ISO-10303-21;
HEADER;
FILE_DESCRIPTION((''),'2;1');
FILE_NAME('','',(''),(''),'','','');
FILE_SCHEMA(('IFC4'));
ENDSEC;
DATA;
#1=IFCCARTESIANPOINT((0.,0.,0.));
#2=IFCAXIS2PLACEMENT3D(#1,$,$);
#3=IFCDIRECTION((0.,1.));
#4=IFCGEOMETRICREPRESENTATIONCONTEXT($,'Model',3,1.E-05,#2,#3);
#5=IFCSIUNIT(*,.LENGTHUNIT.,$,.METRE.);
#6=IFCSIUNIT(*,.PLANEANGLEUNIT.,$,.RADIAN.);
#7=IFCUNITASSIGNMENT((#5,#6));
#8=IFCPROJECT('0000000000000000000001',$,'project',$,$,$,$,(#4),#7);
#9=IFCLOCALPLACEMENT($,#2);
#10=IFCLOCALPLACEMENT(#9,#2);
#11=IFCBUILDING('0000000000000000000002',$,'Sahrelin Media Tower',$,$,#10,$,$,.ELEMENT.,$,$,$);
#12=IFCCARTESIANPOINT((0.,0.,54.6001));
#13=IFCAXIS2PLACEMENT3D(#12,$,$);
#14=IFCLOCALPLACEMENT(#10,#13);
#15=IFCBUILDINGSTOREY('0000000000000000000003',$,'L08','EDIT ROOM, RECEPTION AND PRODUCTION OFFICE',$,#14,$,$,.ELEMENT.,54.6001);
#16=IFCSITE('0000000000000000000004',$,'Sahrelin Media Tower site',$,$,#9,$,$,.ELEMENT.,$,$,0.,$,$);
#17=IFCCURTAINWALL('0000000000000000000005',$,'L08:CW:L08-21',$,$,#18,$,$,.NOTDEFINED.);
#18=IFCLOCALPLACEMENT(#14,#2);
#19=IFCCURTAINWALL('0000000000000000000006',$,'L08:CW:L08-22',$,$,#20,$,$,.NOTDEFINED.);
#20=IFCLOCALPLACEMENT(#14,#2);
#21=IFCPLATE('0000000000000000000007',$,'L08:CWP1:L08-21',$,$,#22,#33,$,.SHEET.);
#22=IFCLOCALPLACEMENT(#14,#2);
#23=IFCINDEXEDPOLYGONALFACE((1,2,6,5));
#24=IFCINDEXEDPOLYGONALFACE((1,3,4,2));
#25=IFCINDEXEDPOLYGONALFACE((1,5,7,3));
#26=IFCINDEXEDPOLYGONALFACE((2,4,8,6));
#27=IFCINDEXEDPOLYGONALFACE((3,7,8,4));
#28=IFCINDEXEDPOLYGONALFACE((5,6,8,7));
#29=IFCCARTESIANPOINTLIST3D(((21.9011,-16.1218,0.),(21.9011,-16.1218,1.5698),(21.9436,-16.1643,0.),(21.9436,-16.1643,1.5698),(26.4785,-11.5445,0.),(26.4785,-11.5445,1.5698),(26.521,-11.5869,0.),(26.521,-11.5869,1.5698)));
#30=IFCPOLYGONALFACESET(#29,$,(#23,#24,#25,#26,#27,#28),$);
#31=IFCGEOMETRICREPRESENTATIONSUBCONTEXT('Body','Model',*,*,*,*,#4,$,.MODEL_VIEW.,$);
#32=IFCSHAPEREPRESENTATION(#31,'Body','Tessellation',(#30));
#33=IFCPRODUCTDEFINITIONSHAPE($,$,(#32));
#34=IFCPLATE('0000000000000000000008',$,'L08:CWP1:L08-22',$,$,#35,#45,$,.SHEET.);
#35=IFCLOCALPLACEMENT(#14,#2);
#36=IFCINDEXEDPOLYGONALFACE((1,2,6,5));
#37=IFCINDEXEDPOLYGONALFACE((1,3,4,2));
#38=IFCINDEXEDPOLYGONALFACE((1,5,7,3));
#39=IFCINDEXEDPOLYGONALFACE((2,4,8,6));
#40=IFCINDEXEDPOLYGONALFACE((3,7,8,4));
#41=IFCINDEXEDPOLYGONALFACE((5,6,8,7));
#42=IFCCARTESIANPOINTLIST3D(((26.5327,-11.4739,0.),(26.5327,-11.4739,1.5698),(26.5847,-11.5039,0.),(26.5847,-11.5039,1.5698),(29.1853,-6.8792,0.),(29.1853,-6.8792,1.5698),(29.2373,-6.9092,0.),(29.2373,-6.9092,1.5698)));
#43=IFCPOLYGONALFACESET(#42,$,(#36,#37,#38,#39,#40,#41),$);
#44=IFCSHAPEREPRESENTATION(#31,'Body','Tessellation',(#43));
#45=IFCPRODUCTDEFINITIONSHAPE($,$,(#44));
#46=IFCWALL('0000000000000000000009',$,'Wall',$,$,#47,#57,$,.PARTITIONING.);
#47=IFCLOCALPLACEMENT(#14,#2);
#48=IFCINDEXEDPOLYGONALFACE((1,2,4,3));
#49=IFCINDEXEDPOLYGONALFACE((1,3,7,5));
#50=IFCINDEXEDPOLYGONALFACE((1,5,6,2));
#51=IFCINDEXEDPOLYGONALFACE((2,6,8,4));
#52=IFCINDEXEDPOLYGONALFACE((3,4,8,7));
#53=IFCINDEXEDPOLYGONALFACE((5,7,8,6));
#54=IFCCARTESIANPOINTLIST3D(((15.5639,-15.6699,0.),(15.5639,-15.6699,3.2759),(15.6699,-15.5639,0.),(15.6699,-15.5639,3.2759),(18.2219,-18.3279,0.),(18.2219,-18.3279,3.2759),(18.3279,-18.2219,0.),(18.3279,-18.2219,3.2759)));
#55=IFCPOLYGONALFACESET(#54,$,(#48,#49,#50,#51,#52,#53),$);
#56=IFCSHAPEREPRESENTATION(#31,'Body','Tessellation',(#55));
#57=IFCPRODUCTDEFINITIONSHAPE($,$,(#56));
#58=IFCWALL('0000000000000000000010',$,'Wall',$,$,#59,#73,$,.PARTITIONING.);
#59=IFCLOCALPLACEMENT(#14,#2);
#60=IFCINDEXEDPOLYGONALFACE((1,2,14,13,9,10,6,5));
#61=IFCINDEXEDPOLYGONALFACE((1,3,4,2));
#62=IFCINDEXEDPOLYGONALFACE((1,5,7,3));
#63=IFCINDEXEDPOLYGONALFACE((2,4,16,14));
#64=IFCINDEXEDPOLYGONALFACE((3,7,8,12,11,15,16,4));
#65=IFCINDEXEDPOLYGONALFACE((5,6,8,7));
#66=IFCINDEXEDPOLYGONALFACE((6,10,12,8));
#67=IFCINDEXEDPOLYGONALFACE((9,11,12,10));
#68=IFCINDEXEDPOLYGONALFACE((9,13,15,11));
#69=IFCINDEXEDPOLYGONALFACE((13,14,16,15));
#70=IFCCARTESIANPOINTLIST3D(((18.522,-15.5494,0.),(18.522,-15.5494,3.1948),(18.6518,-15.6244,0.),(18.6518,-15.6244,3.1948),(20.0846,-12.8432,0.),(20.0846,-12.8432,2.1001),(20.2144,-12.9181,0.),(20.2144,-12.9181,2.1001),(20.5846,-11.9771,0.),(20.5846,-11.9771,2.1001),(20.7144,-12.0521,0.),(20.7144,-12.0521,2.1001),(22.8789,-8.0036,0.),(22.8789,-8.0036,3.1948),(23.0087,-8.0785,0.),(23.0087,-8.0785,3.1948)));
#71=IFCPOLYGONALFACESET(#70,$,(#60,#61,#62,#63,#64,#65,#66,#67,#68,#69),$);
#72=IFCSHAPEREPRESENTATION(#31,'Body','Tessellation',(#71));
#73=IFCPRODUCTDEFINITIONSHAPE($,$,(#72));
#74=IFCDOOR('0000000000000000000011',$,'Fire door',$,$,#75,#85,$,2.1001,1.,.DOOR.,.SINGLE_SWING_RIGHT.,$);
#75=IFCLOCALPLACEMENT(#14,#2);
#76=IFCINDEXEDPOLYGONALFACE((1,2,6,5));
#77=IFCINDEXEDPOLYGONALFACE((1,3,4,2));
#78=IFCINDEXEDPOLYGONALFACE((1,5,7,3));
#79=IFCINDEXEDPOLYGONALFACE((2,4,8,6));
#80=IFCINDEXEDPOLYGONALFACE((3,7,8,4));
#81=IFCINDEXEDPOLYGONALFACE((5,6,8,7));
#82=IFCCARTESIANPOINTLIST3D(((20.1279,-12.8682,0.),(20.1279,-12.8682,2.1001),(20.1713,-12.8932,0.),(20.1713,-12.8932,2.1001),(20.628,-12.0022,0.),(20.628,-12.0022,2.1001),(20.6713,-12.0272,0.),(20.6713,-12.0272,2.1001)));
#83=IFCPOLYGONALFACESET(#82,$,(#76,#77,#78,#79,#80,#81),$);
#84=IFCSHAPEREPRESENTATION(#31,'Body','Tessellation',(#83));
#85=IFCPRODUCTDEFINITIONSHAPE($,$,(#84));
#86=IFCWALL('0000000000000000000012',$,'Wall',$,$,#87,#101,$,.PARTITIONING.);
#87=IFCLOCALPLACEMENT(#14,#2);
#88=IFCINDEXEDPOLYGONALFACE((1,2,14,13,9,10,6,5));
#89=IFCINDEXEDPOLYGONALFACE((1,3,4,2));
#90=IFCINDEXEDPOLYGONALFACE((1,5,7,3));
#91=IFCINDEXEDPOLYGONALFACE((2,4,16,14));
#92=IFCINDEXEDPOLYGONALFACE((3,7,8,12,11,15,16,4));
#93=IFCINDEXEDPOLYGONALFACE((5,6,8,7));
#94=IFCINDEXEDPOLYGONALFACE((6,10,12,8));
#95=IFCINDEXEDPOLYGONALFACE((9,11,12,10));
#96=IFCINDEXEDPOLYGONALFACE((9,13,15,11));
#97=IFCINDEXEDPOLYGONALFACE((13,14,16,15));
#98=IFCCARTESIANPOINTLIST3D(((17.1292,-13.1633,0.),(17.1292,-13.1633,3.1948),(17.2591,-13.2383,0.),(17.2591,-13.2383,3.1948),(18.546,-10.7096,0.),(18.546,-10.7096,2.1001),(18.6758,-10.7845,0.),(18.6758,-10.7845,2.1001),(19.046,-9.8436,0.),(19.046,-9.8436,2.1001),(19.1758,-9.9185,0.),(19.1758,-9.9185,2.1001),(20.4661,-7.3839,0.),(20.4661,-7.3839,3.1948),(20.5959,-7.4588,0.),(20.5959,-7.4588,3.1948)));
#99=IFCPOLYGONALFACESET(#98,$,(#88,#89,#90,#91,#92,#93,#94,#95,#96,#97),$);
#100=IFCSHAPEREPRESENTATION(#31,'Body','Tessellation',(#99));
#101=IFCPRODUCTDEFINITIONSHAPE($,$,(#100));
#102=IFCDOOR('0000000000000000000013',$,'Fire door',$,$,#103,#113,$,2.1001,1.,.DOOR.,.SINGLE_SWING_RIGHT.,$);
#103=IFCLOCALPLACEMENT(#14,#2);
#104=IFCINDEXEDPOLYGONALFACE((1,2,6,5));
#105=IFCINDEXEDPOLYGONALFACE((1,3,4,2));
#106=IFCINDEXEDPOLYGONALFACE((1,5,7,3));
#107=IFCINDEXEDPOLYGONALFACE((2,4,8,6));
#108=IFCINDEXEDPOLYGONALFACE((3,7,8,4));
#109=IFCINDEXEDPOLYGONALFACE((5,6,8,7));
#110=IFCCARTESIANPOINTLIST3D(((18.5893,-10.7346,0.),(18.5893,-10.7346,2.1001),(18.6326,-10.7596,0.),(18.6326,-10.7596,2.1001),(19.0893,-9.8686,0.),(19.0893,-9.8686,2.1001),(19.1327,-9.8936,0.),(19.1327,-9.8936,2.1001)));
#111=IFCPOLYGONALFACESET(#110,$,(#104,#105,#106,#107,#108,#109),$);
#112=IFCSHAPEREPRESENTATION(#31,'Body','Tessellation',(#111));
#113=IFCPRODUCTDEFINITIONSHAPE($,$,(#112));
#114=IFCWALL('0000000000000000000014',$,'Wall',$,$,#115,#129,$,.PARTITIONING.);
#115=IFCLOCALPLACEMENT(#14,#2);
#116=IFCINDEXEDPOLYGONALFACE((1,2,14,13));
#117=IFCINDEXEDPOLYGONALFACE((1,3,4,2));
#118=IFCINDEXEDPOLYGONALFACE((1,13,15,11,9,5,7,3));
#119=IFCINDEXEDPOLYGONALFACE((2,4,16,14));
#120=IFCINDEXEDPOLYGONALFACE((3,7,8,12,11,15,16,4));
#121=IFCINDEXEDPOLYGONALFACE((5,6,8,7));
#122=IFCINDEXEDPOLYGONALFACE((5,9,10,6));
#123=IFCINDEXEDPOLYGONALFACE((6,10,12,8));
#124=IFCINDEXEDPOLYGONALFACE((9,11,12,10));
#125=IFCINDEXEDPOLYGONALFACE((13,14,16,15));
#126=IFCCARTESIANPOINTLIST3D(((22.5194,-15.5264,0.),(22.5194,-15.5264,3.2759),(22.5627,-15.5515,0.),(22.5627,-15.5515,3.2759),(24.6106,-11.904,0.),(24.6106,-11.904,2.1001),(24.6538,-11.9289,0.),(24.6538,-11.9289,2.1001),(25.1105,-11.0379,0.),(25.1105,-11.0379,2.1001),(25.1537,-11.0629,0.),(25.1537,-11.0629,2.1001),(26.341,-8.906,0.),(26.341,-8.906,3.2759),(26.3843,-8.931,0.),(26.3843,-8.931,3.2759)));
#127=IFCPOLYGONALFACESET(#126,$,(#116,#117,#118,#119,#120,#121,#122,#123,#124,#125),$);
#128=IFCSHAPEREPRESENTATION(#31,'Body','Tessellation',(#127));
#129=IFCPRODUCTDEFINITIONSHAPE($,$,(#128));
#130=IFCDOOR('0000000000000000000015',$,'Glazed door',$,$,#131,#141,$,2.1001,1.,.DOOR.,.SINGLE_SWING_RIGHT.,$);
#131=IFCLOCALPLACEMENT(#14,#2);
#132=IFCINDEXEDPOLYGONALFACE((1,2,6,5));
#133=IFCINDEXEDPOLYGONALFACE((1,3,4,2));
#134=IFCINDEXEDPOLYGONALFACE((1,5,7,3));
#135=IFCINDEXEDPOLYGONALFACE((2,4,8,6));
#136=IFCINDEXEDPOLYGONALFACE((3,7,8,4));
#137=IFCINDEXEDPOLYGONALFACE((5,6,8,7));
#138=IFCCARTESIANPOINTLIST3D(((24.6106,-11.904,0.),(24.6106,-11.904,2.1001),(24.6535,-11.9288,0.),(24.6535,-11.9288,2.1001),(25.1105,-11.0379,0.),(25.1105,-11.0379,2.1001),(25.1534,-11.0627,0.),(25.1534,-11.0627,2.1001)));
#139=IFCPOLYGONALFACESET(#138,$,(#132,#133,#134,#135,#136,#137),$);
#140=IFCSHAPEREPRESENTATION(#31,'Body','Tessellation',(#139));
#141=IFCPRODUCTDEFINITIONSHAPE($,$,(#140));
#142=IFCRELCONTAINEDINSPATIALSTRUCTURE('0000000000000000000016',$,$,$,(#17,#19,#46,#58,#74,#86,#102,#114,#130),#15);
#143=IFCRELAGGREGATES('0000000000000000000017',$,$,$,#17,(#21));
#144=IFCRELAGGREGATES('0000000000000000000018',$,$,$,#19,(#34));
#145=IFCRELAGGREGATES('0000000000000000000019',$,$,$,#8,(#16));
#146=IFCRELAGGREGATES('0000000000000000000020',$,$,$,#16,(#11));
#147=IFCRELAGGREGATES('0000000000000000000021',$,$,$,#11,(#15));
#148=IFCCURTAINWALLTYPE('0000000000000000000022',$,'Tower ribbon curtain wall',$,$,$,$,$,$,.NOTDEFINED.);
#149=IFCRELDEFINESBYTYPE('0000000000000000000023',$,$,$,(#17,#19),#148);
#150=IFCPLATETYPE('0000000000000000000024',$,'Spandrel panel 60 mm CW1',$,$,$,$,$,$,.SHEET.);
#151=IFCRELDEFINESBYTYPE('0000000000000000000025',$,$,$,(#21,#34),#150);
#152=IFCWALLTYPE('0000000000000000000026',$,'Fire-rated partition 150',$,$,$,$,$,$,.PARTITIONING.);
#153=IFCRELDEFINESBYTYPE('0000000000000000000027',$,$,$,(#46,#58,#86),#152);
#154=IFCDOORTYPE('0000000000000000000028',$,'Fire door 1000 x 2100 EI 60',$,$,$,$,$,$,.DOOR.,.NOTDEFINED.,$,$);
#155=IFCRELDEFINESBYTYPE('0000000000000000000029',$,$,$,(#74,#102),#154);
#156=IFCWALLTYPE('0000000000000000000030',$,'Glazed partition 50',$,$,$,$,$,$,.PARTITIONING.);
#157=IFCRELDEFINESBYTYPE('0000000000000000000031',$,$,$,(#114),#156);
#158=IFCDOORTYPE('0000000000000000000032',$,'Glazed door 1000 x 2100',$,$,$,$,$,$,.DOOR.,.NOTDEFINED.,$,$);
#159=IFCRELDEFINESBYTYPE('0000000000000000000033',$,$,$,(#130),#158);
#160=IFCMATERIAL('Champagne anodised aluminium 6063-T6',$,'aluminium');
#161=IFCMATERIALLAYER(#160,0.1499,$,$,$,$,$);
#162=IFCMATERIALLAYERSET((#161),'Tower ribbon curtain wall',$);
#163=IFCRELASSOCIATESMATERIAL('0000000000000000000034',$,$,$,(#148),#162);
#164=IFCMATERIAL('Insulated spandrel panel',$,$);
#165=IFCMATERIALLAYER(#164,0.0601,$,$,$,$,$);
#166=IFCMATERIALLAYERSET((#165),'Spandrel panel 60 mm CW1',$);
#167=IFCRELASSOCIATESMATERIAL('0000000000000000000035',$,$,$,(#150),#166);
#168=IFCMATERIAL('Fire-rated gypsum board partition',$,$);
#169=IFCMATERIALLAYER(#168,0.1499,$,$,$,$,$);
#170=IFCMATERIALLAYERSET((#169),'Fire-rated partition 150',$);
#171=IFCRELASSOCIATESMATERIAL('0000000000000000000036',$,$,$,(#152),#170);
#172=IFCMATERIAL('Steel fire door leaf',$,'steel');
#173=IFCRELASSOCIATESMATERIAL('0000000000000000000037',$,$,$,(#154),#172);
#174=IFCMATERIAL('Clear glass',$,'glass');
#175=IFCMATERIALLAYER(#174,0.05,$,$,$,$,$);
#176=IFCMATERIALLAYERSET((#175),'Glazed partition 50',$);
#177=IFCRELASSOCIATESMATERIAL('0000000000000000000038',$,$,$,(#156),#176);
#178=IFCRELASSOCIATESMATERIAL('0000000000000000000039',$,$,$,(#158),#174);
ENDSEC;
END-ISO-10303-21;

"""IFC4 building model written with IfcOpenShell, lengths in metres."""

from ifc_helpers import new_model, si_unit, direction, frame, frame_2d, origin, place, context, subcontext, project, spatial, polyline, rectangle, outline, extrude, material, layer, layer_set, type_object, element, fill, aggregate, save


model = new_model("IFC4")

# Units and contexts
model_context = context("Model", 3, precision=1e-05, world=origin(), true_north=direction((0.0, 1.0)))
body_context = subcontext(model_context, "Body", "Model", "MODEL_VIEW")
ifc_project = project(units=[si_unit("LENGTHUNIT", "METRE"), si_unit("PLANEANGLEUNIT", "RADIAN")], contexts=[model_context])

# Site, building, storey
site_placement = place(None, origin())
site = spatial("IfcSite", under=ifc_project, at=site_placement, Name="Sahrelin Media Tower site", CompositionType="ELEMENT", RefElevation=0.0)
building_placement = place(site_placement, origin())
building = spatial("IfcBuilding", under=site, at=building_placement, Name="Sahrelin Media Tower", CompositionType="ELEMENT")
storey_placement = place(building_placement, frame((0.0, 0.0, 54.6001)))
storey = spatial("IfcBuildingStorey", under=building, at=storey_placement, Name="L08", Description="EDIT ROOM, RECEPTION AND PRODUCTION OFFICE", CompositionType="ELEMENT", Elevation=54.6001)

# Curtain wall
ifc_material_1 = material(Name="Champagne anodised aluminium 6063-T6", Category="aluminium")
ifc_layer_1 = layer(ifc_material_1, 0.1499)
ifc_layer_set_1 = layer_set([ifc_layer_1], Name="Tower ribbon curtain wall")
curtain_wall_type = type_object("IfcCurtainWallType", Name="Tower ribbon curtain wall", PredefinedType="NOTDEFINED", material=ifc_layer_set_1)
curtain_wall_1_placement = place(storey_placement, frame((24.2183, -13.8616, 0.0), z_axis=(0.0, 0.0, 1.0), x_axis=(1.0, 0.0, 0.0)))
curtain_wall_1 = element("IfcCurtainWall", 1, at=curtain_wall_1_placement, inside=storey, type_object=curtain_wall_type, Name="L08:CW:L08-21", PredefinedType="NOTDEFINED")

# Curtain wall
curtain_wall_2_placement = place(storey_placement, frame((27.8938, -9.1965, 0.0), z_axis=(0.0, 0.0, 1.0), x_axis=(1.0, 0.0, 0.0)))
curtain_wall_2 = element("IfcCurtainWall", 2, at=curtain_wall_2_placement, inside=storey, type_object=curtain_wall_type, Name="L08:CW:L08-22", PredefinedType="NOTDEFINED")

# Plates
ifc_material_2 = material(Name="Insulated spandrel panel")
ifc_layer_2 = layer(ifc_material_2, 0.0601)
ifc_layer_set_2 = layer_set([ifc_layer_2], Name="Spandrel panel 60 mm CW1")
plate_type_1 = type_object("IfcPlateType", Name="Spandrel panel 60 mm CW1", PredefinedType="SHEET", material=ifc_layer_set_2)
plate_1_placement = place(storey_placement, frame((21.9436, -16.1643, 0.0), z_axis=(0.707107, -0.707107, 0.0), x_axis=(0.707107, 0.707107, 0.0)))
plate_1 = element("IfcPlate", 3, at=plate_1_placement, type_object=plate_type_1, Name="L08:CWP1:L08-21", PredefinedType="SHEET", context=body_context, shape_type="SweptSolid", body=[
    extrude(outline(polyline([(0.0, 0.0), (6.4734, 0.0), (6.4734, 1.5698), (0.0, 1.5698), (0.0, 0.0)])), origin(), (0.0, 0.0, -1.0), 0.0601),
])
aggregate(curtain_wall_1, [plate_1])
plate_2_placement = place(storey_placement, frame((26.5847, -11.5039, 0.0), z_axis=(0.86604, -0.499975, 0.0), x_axis=(0.499975, 0.86604, 0.0)))
plate_2 = element("IfcPlate", 4, at=plate_2_placement, type_object=plate_type_1, Name="L08:CWP1:L08-22", PredefinedType="SHEET", context=body_context, shape_type="SweptSolid", body=[
    extrude(outline(polyline([(0.0, 0.0), (5.3054, 0.0), (5.3054, 1.5698), (0.0, 1.5698), (0.0, 0.0)])), origin(), (0.0, 0.0, -1.0), 0.0601),
])
aggregate(curtain_wall_2, [plate_2])

# Wall
ifc_material_3 = material(Name="Fire-rated gypsum board partition")
ifc_layer_3 = layer(ifc_material_3, 0.1499)
ifc_layer_set_3 = layer_set([ifc_layer_3], Name="Fire-rated partition 150")
wall_type_1 = type_object("IfcWallType", Name="Fire-rated partition 150", PredefinedType="PARTITIONING", material=ifc_layer_set_3)
wall_1_placement = place(storey_placement, frame((15.6169, -15.6169, 0.0), z_axis=(0.0, 0.0, 1.0), x_axis=(0.707107, -0.707107, 0.0)))
element("IfcWall", 5, at=wall_1_placement, inside=storey, type_object=wall_type_1, Name="Wall", PredefinedType="PARTITIONING", context=body_context, shape_type="SweptSolid", body=[
    extrude(rectangle(XDim=3.759, YDim=0.1499, at=frame_2d((1.8794, 0.0))), origin(), (0.0, 0.0, 1.0), 3.2759),
])

# Walls, openings, doors
wall_2_placement = place(storey_placement, frame((18.5869, -15.5869, 0.0), z_axis=(0.0, 0.0, 1.0), x_axis=(0.500026, 0.86601, 0.0)))
wall_2 = element("IfcWall", 6, at=wall_2_placement, inside=storey, type_object=wall_type_1, Name="Wall", PredefinedType="PARTITIONING", context=body_context, shape_type="SweptSolid", body=[
    extrude(rectangle(XDim=8.7134, YDim=0.1499, at=frame_2d((4.3567, 0.0))), origin(), (0.0, 0.0, 1.0), 3.1948),
])
opening_1_placement = place(wall_2_placement, frame((3.125, 0.0, 0.0)))
opening_1 = element("IfcOpeningElement", 7, at=opening_1_placement, cuts=wall_2, PredefinedType="OPENING", context=body_context, shape_type="SweptSolid", body=[
    extrude(rectangle(XDim=1.0, YDim=2.1001, at=frame_2d((0.5, 1.05))), frame((0.0, 0.075, 0.0), z_axis=(0.0, -1.0, 0.0), x_axis=(1.0, 0.0, 0.0)), (0.0, 0.0, 1.0), 0.1499),
])
ifc_material_4 = material(Name="Steel fire door leaf", Category="steel")
door_type_1 = type_object("IfcDoorType", Name="Fire door 1000 x 2100 EI 60", OperationType="NOTDEFINED", PredefinedType="DOOR", material=ifc_material_4)
door_1_placement = place(opening_1_placement, origin())
door_1 = element("IfcDoor", 8, at=door_1_placement, inside=storey, type_object=door_type_1, Name="Fire door", OperationType="SINGLE_SWING_RIGHT", OverallHeight=2.1001, OverallWidth=1.0, PredefinedType="DOOR", context=body_context, shape_type="SweptSolid", body=[
    extrude(rectangle(XDim=1.0, YDim=2.1001, at=frame_2d((0.5, 1.05))), frame((0.0, 0.0249, 0.0), z_axis=(0.0, -1.0, 0.0), x_axis=(1.0, 0.0, 0.0)), (0.0, 0.0, 1.0), 0.05),
])
fill(opening_1, door_1)
wall_3_placement = place(storey_placement, frame((17.1941, -13.2009, 0.0), z_axis=(0.0, 0.0, 1.0), x_axis=(0.500011, 0.866019, 0.0)))
wall_3 = element("IfcWall", 9, at=wall_3_placement, inside=storey, type_object=wall_type_1, Name="Wall", PredefinedType="PARTITIONING", context=body_context, shape_type="SweptSolid", body=[
    extrude(rectangle(XDim=6.6736, YDim=0.1499, at=frame_2d((3.3369, 0.0))), origin(), (0.0, 0.0, 1.0), 3.1948),
])
opening_2_placement = place(wall_3_placement, frame((2.8335, 0.0, 0.0)))
opening_2 = element("IfcOpeningElement", 10, at=opening_2_placement, cuts=wall_3, PredefinedType="OPENING", context=body_context, shape_type="SweptSolid", body=[
    extrude(rectangle(XDim=1.0, YDim=2.1001, at=frame_2d((0.5, 1.05))), frame((0.0, 0.075, 0.0), z_axis=(0.0, -1.0, 0.0), x_axis=(1.0, 0.0, 0.0)), (0.0, 0.0, 1.0), 0.1499),
])
door_2_placement = place(opening_2_placement, origin())
door_2 = element("IfcDoor", 11, at=door_2_placement, inside=storey, type_object=door_type_1, Name="Fire door", OperationType="SINGLE_SWING_RIGHT", OverallHeight=2.1001, OverallWidth=1.0, PredefinedType="DOOR", context=body_context, shape_type="SweptSolid", body=[
    extrude(rectangle(XDim=1.0, YDim=2.1001, at=frame_2d((0.5, 1.05))), frame((0.0, 0.0249, 0.0), z_axis=(0.0, -1.0, 0.0), x_axis=(1.0, 0.0, 0.0)), (0.0, 0.0, 1.0), 0.05),
])
fill(opening_2, door_2)
ifc_material_5 = material(Name="Clear glass", Category="glass")
ifc_layer_4 = layer(ifc_material_5, 0.05)
ifc_layer_set_4 = layer_set([ifc_layer_4], Name="Glazed partition 50")
wall_type_2 = type_object("IfcWallType", Name="Glazed partition 50", PredefinedType="PARTITIONING", material=ifc_layer_set_4)
wall_4_placement = place(storey_placement, frame((22.541, -15.5391, 0.0), z_axis=(0.0, 0.0, 1.0), x_axis=(0.499928, 0.866067, 0.0)))
wall_4 = element("IfcWall", 12, at=wall_4_placement, inside=storey, type_object=wall_type_2, Name="Wall", PredefinedType="PARTITIONING", context=body_context, shape_type="SweptSolid", body=[
    extrude(rectangle(XDim=7.6443, YDim=0.05, at=frame_2d((3.8223, 0.0))), origin(), (0.0, 0.0, 1.0), 3.2759),
])
opening_3_placement = place(wall_4_placement, frame((4.1829, 0.0, 0.0)))
opening_3 = element("IfcOpeningElement", 13, at=opening_3_placement, cuts=wall_4, PredefinedType="OPENING", context=body_context, shape_type="SweptSolid", body=[
    extrude(rectangle(XDim=1.0, YDim=2.1001, at=frame_2d((0.5, 1.05))), frame((0.0, 0.0249, 0.0), z_axis=(0.0, -1.0, 0.0), x_axis=(1.0, 0.0, 0.0)), (0.0, 0.0, 1.0), 0.05),
])
door_type_2 = type_object("IfcDoorType", Name="Glazed door 1000 x 2100", OperationType="NOTDEFINED", PredefinedType="DOOR", material=ifc_material_5)
door_3_placement = place(opening_3_placement, origin())
door_3 = element("IfcDoor", 14, at=door_3_placement, inside=storey, type_object=door_type_2, Name="Glazed door", OperationType="SINGLE_SWING_RIGHT", OverallHeight=2.1001, OverallWidth=1.0, PredefinedType="DOOR", context=body_context, shape_type="SweptSolid", body=[
    extrude(rectangle(XDim=1.0, YDim=2.1001, at=frame_2d((0.5, 1.05))), frame((0.0, 0.0249, 0.0), z_axis=(0.0, -1.0, 0.0), x_axis=(1.0, 0.0, 0.0)), (0.0, 0.0, 1.0), 0.0496),
])
fill(opening_3, door_3)

save(model, "model.ifc")
